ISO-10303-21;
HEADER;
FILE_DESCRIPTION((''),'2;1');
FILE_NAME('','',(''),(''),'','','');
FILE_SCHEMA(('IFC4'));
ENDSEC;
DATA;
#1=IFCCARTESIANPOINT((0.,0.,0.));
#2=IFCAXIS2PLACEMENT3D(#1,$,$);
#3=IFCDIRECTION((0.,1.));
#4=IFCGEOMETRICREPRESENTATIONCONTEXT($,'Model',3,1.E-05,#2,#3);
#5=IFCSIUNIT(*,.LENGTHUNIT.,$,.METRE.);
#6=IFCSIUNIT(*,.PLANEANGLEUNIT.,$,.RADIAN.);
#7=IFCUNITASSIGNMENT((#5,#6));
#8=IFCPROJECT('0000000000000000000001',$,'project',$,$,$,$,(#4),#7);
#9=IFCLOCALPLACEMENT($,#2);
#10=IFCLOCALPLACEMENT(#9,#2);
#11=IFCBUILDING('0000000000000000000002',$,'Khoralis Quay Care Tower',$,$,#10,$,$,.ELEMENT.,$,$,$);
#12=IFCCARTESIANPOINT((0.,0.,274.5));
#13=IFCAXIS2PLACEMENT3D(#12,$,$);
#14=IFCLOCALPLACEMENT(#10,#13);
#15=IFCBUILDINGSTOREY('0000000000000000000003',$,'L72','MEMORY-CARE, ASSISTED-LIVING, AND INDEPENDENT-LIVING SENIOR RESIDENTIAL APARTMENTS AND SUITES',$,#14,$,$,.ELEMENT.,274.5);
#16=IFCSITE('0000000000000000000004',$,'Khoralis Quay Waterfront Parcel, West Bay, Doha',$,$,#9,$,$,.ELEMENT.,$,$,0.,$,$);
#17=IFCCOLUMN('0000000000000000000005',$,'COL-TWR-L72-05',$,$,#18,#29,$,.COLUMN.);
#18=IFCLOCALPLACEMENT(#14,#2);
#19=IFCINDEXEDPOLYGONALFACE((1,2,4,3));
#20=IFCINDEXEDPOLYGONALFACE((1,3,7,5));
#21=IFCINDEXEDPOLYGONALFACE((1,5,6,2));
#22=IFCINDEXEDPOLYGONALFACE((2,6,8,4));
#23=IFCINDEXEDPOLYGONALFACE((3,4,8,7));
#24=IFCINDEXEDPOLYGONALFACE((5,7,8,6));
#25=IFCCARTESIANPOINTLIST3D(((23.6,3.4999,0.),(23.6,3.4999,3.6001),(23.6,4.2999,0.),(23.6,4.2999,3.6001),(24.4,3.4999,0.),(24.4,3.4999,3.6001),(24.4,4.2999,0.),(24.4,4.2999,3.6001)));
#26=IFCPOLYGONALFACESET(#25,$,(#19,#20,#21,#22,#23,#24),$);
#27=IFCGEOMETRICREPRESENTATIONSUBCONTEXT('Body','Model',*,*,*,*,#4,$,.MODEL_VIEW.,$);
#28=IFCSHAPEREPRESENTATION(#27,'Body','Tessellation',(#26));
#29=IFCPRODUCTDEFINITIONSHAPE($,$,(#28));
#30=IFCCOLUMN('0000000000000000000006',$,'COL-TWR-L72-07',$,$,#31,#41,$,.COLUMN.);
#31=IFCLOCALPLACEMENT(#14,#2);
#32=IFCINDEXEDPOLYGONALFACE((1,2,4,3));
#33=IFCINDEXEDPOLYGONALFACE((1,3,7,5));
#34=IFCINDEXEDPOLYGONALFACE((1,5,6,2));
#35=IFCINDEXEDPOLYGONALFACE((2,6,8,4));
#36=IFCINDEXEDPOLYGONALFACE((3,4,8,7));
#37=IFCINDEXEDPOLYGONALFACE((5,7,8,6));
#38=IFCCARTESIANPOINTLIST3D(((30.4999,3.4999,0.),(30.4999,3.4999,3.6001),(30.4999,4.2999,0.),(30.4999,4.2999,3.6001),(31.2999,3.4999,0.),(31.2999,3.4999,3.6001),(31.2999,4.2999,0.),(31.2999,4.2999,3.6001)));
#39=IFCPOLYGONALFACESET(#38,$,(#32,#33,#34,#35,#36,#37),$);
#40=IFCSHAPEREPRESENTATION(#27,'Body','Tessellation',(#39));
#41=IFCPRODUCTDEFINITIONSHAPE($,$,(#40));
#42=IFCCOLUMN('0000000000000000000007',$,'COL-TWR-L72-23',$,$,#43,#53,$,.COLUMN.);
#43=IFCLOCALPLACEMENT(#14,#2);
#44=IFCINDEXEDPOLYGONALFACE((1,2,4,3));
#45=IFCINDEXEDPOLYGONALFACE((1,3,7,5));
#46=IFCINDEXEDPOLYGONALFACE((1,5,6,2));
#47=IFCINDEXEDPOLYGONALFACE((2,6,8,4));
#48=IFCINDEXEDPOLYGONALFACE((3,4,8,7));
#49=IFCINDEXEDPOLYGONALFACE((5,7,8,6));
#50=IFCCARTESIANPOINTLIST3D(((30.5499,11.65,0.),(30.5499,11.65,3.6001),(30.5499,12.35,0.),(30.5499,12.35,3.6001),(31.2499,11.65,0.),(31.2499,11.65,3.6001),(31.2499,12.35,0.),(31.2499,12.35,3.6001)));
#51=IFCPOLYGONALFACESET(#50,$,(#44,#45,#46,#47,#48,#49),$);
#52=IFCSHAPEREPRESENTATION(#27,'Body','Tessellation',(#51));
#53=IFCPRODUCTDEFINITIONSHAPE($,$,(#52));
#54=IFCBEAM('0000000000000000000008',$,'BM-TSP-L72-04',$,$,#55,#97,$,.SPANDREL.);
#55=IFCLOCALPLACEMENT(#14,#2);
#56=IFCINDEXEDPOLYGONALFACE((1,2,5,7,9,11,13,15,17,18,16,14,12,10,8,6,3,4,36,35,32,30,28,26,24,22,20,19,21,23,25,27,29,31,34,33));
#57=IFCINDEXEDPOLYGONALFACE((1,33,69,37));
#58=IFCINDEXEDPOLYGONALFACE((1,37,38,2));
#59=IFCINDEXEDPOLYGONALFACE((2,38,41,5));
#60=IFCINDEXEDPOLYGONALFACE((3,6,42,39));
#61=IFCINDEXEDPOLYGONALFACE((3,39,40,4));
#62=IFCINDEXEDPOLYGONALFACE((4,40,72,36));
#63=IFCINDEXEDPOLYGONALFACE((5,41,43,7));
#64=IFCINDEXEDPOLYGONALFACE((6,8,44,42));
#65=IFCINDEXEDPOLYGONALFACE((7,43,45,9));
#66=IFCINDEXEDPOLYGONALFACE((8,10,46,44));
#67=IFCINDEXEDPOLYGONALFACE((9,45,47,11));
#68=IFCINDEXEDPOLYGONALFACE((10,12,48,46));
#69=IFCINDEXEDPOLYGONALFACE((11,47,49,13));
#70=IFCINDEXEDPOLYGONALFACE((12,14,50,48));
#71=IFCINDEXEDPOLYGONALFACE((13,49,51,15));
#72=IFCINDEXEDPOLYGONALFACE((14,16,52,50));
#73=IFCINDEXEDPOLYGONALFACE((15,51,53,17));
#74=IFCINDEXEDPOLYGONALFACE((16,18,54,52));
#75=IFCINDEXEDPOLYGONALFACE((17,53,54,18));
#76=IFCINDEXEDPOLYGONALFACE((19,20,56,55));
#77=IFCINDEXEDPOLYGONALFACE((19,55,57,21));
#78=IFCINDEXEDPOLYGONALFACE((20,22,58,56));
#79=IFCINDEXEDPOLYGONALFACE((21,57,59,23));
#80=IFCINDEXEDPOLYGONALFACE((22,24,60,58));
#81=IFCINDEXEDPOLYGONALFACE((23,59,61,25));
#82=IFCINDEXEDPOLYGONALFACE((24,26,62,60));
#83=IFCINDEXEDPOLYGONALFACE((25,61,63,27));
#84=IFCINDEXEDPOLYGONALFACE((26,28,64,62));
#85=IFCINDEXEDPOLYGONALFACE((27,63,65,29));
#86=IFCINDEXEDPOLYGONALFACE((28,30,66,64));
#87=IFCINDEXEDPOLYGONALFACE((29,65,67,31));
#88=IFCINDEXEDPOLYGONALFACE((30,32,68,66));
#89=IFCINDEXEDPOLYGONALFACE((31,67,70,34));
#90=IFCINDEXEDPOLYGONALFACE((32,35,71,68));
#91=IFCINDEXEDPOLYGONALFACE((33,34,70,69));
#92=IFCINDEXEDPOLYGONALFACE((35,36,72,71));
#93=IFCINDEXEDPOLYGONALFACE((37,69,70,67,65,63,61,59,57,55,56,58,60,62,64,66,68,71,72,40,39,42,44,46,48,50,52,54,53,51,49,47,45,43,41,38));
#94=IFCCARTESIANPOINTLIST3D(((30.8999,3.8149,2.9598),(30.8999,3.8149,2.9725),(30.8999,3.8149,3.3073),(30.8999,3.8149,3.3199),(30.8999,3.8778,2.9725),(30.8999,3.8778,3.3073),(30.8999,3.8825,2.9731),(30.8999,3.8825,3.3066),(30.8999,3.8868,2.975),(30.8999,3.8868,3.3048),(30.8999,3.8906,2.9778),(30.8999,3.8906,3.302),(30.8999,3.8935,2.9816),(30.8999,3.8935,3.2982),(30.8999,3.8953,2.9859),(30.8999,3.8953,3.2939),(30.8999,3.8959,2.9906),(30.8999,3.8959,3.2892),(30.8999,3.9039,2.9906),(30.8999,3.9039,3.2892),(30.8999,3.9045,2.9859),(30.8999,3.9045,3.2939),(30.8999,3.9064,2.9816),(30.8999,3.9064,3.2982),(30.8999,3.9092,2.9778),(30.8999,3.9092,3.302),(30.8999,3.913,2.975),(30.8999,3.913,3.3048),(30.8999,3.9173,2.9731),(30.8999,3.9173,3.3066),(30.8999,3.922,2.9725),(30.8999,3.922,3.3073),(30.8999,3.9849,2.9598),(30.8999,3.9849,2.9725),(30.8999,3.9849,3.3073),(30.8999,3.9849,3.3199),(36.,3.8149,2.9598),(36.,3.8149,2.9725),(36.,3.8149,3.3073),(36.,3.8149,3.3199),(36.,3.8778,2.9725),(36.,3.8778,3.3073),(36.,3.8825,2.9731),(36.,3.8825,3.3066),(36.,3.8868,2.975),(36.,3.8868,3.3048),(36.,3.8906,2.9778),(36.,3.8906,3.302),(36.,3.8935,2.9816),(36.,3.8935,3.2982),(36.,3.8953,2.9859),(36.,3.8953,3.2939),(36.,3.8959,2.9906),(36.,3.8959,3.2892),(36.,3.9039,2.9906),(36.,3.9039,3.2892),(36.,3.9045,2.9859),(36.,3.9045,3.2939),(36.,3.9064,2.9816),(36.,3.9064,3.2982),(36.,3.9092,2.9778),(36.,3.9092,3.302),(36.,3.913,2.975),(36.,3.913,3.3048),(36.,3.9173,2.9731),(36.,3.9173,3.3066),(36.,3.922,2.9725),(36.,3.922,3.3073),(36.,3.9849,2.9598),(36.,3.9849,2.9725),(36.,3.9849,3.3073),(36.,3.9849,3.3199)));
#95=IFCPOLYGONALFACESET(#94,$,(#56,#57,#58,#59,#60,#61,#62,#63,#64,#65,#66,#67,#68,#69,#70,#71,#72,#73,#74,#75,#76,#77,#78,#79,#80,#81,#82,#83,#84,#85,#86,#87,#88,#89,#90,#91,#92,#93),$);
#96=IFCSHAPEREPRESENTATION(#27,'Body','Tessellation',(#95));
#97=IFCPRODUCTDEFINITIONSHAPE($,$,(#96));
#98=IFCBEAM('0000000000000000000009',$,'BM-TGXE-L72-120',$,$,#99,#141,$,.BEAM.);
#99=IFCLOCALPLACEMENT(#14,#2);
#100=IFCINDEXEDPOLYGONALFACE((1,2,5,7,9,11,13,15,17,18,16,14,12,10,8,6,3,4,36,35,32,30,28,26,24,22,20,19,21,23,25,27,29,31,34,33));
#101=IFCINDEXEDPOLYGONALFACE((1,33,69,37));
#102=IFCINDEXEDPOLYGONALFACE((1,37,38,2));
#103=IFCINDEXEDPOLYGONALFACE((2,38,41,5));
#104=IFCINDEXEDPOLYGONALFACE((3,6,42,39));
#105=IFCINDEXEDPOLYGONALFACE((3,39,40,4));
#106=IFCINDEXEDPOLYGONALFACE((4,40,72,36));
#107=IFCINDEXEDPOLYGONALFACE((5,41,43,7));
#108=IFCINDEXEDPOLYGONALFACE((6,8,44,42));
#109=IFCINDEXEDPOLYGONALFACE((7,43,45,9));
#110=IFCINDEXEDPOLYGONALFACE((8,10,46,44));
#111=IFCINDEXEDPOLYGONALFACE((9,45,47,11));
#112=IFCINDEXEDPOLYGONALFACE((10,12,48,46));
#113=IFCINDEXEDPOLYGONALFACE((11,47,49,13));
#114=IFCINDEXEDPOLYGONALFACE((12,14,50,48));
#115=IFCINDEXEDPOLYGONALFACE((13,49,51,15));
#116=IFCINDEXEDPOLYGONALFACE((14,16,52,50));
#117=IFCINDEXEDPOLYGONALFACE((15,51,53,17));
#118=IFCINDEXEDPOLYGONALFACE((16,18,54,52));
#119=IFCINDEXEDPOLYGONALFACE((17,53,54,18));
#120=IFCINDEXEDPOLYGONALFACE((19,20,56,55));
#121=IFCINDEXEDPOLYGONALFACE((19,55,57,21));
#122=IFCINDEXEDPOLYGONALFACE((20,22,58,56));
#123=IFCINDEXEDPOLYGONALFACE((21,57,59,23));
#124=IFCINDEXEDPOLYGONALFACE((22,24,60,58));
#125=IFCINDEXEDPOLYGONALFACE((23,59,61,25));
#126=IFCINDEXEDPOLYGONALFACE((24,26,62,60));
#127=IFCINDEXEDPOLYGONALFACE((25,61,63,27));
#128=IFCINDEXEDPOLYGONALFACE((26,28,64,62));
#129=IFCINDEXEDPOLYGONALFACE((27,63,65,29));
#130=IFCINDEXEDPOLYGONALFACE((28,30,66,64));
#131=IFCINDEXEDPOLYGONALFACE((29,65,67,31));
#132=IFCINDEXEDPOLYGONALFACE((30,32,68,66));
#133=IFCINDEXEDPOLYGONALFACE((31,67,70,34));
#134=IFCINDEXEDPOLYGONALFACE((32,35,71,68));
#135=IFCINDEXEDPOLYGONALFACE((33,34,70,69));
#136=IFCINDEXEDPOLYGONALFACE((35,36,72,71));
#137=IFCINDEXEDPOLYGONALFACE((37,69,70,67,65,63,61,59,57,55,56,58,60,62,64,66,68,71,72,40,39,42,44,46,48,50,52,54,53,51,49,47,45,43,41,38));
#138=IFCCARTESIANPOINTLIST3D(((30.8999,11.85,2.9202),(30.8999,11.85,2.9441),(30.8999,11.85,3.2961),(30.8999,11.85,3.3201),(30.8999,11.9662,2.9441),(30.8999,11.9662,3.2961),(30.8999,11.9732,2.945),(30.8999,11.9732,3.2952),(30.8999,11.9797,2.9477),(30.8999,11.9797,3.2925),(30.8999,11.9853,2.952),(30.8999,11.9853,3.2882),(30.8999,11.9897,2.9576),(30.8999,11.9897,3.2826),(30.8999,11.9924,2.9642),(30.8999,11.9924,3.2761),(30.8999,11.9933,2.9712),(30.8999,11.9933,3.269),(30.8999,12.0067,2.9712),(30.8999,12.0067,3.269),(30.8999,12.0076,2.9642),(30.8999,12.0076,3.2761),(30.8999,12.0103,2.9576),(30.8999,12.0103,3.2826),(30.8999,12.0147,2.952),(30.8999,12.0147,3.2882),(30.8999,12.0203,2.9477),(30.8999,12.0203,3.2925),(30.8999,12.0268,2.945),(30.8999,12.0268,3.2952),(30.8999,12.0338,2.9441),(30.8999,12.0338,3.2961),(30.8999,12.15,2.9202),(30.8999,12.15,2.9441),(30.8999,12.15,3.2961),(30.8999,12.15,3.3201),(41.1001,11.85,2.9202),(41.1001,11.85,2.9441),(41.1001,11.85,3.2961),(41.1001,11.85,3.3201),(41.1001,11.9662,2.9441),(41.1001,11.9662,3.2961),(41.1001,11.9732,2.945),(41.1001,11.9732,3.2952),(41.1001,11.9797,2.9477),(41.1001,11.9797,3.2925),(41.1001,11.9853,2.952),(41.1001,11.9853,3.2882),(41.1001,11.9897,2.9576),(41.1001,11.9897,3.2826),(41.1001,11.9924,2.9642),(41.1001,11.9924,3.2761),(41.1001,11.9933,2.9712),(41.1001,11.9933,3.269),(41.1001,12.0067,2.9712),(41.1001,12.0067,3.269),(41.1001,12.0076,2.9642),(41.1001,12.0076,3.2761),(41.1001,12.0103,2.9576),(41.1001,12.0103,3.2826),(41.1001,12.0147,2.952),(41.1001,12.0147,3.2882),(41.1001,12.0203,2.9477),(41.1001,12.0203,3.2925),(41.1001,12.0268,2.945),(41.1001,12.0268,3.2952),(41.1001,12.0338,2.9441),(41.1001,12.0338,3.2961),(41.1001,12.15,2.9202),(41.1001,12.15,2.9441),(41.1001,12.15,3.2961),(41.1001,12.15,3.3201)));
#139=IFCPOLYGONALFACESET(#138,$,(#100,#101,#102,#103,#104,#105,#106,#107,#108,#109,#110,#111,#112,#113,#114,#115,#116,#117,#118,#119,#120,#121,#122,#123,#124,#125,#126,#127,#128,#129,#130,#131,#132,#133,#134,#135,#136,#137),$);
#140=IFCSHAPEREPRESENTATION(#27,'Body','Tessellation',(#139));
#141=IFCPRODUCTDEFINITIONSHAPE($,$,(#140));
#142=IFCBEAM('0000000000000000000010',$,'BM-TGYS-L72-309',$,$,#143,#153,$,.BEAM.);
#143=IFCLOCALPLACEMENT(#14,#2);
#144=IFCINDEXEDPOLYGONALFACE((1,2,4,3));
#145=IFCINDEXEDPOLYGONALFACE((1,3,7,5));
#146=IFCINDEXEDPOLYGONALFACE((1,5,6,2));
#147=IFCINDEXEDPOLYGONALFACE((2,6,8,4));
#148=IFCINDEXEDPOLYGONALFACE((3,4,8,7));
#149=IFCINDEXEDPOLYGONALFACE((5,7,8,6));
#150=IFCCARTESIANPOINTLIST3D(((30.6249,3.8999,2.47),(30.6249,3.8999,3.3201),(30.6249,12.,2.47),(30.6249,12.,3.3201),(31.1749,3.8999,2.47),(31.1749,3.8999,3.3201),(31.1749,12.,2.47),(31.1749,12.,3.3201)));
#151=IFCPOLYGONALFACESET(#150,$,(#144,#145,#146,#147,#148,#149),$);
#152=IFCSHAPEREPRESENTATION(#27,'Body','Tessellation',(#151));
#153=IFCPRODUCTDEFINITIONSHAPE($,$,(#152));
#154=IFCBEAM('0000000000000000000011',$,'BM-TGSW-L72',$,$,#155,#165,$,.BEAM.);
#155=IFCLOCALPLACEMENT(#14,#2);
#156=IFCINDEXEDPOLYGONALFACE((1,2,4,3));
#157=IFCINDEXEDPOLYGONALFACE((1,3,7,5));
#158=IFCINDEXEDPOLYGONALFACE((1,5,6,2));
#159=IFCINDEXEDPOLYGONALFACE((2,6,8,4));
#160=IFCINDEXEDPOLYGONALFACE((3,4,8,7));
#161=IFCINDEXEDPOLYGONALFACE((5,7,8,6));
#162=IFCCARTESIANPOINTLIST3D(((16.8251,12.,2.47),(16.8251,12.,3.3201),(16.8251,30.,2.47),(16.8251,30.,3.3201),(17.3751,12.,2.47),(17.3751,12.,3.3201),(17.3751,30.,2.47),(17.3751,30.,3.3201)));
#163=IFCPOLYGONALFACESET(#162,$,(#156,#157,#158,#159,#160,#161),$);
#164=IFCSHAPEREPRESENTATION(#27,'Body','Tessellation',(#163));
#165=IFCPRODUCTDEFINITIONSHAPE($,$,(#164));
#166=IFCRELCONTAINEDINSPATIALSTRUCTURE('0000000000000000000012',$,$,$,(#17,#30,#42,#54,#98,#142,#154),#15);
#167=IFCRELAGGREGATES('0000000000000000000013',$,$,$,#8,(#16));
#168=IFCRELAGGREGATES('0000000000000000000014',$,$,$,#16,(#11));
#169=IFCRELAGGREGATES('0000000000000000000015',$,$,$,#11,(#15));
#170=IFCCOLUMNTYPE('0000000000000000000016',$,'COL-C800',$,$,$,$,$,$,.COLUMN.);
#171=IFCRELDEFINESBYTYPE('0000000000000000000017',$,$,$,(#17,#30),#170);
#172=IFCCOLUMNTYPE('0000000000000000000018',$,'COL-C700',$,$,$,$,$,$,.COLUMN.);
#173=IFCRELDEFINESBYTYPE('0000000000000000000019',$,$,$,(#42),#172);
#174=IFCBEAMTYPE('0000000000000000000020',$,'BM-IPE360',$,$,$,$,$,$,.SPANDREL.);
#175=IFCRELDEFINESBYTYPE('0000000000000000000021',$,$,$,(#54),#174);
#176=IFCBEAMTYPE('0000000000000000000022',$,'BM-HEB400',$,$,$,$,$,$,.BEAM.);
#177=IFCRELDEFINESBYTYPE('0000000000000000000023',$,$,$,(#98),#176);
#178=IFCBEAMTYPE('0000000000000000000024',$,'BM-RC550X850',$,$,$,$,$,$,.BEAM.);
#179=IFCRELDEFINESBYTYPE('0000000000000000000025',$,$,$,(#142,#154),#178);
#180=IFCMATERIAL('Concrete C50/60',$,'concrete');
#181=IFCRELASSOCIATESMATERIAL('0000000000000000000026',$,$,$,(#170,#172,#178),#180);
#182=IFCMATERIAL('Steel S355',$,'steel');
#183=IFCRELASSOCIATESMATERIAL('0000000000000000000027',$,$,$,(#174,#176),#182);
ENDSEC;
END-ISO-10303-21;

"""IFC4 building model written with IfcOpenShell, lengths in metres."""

from ifc_helpers import new_model, si_unit, direction, frame, origin, origin_2d, place, context, subcontext, project, spatial, rectangle, i_section, extrude, source, transform, mapped, material, material_profile, profile_set, type_object, element, save


model = new_model("IFC4")

# Units and contexts
model_context = context("Model", 3, precision=1e-05, world=origin(), true_north=direction((0.0, 1.0)))
body_context = subcontext(model_context, "Body", "Model", "MODEL_VIEW")
ifc_project = project(units=[si_unit("LENGTHUNIT", "METRE"), si_unit("PLANEANGLEUNIT", "RADIAN")], contexts=[model_context])

# Site, building, storey
site_placement = place(None, origin())
site = spatial("IfcSite", under=ifc_project, at=site_placement, Name="Khoralis Quay Waterfront Parcel, West Bay, Doha", CompositionType="ELEMENT", RefElevation=0.0)
building_placement = place(site_placement, origin())
building = spatial("IfcBuilding", under=site, at=building_placement, Name="Khoralis Quay Care Tower", CompositionType="ELEMENT")
storey_placement = place(building_placement, frame((0.0, 0.0, 274.5)))
storey = spatial("IfcBuildingStorey", under=building, at=storey_placement, Name="L72", Description="MEMORY-CARE, ASSISTED-LIVING, AND INDEPENDENT-LIVING SENIOR RESIDENTIAL APARTMENTS AND SUITES", CompositionType="ELEMENT", Elevation=274.5)

# Columns
ifc_material_1 = material(Name="Concrete C50/60", Category="concrete")
ifc_material_profile_1 = material_profile(ifc_material_1, rectangle(XDim=0.8, YDim=0.8, at=origin_2d()), Name="Concrete C50/60")
ifc_profile_set_1 = profile_set([ifc_material_profile_1], Name="Concrete C50/60")
column_type_1 = type_object("IfcColumnType", Name="COL-C800", PredefinedType="COLUMN", material=ifc_profile_set_1)
shared_shape_1 = source(origin(), body_context, "Body", "SweptSolid", [
    extrude(rectangle(XDim=0.8, YDim=0.8, at=origin_2d()), origin(), (0.0, 0.0, 1.0), 3.6001),
])
for number, where, z_axis, x_axis, name in (
    (1, (24.0, 3.8999, 0.0), (0.0, 0.0, 1.0), (1.0, 0.0, 0.0), "COL-TWR-L72-05"),
    (2, (30.8999, 3.8999, 0.0), (0.0, 0.0, 1.0), (1.0, 0.0, 0.0), "COL-TWR-L72-07"),
):
    element("IfcColumn", number, at=place(storey_placement, frame(where, z_axis=z_axis, x_axis=x_axis)), inside=storey, type_object=column_type_1, Name=name, PredefinedType="COLUMN", context=body_context, shape_type="MappedRepresentation", body=[
        mapped(shared_shape_1, transform((0.0, 0.0, 0.0), scale=1.0)),
    ])
ifc_material_profile_2 = material_profile(ifc_material_1, rectangle(XDim=0.7, YDim=0.7, at=origin_2d()), Name="Concrete C50/60")
ifc_profile_set_2 = profile_set([ifc_material_profile_2], Name="Concrete C50/60")
column_type_2 = type_object("IfcColumnType", Name="COL-C700", PredefinedType="COLUMN", material=ifc_profile_set_2)
shared_shape_2 = source(origin(), body_context, "Body", "SweptSolid", [
    extrude(rectangle(XDim=0.7, YDim=0.7, at=origin_2d()), origin(), (0.0, 0.0, 1.0), 3.6001),
])
column_placement = place(storey_placement, frame((30.8999, 12.0, 0.0), z_axis=(0.0, 0.0, 1.0), x_axis=(1.0, 0.0, 0.0)))
element("IfcColumn", 3, at=column_placement, inside=storey, type_object=column_type_2, Name="COL-TWR-L72-23", PredefinedType="COLUMN", context=body_context, shape_type="MappedRepresentation", body=[
    mapped(shared_shape_2, transform((0.0, 0.0, 0.0), scale=1.0)),
])

# Beams
ifc_material_2 = material(Name="Steel S355", Category="steel")
ifc_material_profile_3 = material_profile(ifc_material_2, i_section(OverallWidth=0.1699, OverallDepth=0.3601, WebThickness=0.0081, FlangeThickness=0.0127, FilletRadius=0.0181, at=origin_2d()), Name="Steel S355")
ifc_profile_set_3 = profile_set([ifc_material_profile_3], Name="Steel S355")
beam_type_1 = type_object("IfcBeamType", Name="BM-IPE360", PredefinedType="SPANDREL", material=ifc_profile_set_3)
shared_shape_3 = source(origin(), body_context, "Body", "SweptSolid", [
    extrude(i_section(OverallWidth=0.1699, OverallDepth=0.3601, WebThickness=0.0081, FlangeThickness=0.0127, FilletRadius=0.0181, at=origin_2d()), origin(), (0.0, 0.0, 1.0), 5.1001),
])
beam_1_placement = place(storey_placement, frame((30.8999, 3.8999, 3.1399), z_axis=(1.0, 0.0, 0.0), x_axis=(0.0, 1.0, 0.0)))
element("IfcBeam", 4, at=beam_1_placement, inside=storey, type_object=beam_type_1, Name="BM-TSP-L72-04", PredefinedType="SPANDREL", context=body_context, shape_type="MappedRepresentation", body=[
    mapped(shared_shape_3, transform((0.0, 0.0, 0.0), scale=1.0)),
])
ifc_material_profile_4 = material_profile(ifc_material_2, i_section(OverallWidth=0.3, OverallDepth=0.3999, WebThickness=0.0134, FlangeThickness=0.0239, FilletRadius=0.0271, at=origin_2d()), Name="Steel S355")
ifc_profile_set_4 = profile_set([ifc_material_profile_4], Name="Steel S355")
beam_type_2 = type_object("IfcBeamType", Name="BM-HEB400", PredefinedType="BEAM", material=ifc_profile_set_4)
shared_shape_4 = source(origin(), body_context, "Body", "SweptSolid", [
    extrude(i_section(OverallWidth=0.3, OverallDepth=0.3999, WebThickness=0.0134, FlangeThickness=0.0239, FilletRadius=0.0271, at=origin_2d()), origin(), (0.0, 0.0, 1.0), 10.2002),
])
beam_2_placement = place(storey_placement, frame((30.8999, 12.0, 3.1201), z_axis=(1.0, 0.0, 0.0), x_axis=(0.0, 1.0, 0.0)))
element("IfcBeam", 5, at=beam_2_placement, inside=storey, type_object=beam_type_2, Name="BM-TGXE-L72-120", PredefinedType="BEAM", context=body_context, shape_type="MappedRepresentation", body=[
    mapped(shared_shape_4, transform((0.0, 0.0, 0.0), scale=1.0)),
])
ifc_material_profile_5 = material_profile(ifc_material_1, rectangle(XDim=0.55, YDim=0.8501, at=origin_2d()), Name="Concrete C50/60")
ifc_profile_set_5 = profile_set([ifc_material_profile_5], Name="Concrete C50/60")
beam_type_3 = type_object("IfcBeamType", Name="BM-RC550X850", PredefinedType="BEAM", material=ifc_profile_set_5)
shared_shape_5 = source(origin(), body_context, "Body", "SweptSolid", [
    extrude(rectangle(XDim=0.55, YDim=0.8501, at=origin_2d()), origin(), (0.0, 0.0, 1.0), 8.1001),
])
beam_3_placement = place(storey_placement, frame((30.8999, 3.8999, 2.895), z_axis=(0.0, 1.0, 0.0), x_axis=(-1.0, 0.0, 0.0)))
element("IfcBeam", 6, at=beam_3_placement, inside=storey, type_object=beam_type_3, Name="BM-TGYS-L72-309", PredefinedType="BEAM", context=body_context, shape_type="MappedRepresentation", body=[
    mapped(shared_shape_5, transform((0.0, 0.0, 0.0), scale=1.0)),
])
shared_shape_6 = source(origin(), body_context, "Body", "SweptSolid", [
    extrude(rectangle(XDim=0.55, YDim=0.8501, at=origin_2d()), origin(), (0.0, 0.0, 1.0), 18.0),
])
beam_4_placement = place(storey_placement, frame((17.1001, 12.0, 2.895), z_axis=(0.0, 1.0, 0.0), x_axis=(-1.0, 0.0, 0.0)))
element("IfcBeam", 7, at=beam_4_placement, inside=storey, type_object=beam_type_3, Name="BM-TGSW-L72", PredefinedType="BEAM", context=body_context, shape_type="MappedRepresentation", body=[
    mapped(shared_shape_6, transform((0.0, 0.0, 0.0), scale=1.0)),
])

save(model, "model.ifc")
